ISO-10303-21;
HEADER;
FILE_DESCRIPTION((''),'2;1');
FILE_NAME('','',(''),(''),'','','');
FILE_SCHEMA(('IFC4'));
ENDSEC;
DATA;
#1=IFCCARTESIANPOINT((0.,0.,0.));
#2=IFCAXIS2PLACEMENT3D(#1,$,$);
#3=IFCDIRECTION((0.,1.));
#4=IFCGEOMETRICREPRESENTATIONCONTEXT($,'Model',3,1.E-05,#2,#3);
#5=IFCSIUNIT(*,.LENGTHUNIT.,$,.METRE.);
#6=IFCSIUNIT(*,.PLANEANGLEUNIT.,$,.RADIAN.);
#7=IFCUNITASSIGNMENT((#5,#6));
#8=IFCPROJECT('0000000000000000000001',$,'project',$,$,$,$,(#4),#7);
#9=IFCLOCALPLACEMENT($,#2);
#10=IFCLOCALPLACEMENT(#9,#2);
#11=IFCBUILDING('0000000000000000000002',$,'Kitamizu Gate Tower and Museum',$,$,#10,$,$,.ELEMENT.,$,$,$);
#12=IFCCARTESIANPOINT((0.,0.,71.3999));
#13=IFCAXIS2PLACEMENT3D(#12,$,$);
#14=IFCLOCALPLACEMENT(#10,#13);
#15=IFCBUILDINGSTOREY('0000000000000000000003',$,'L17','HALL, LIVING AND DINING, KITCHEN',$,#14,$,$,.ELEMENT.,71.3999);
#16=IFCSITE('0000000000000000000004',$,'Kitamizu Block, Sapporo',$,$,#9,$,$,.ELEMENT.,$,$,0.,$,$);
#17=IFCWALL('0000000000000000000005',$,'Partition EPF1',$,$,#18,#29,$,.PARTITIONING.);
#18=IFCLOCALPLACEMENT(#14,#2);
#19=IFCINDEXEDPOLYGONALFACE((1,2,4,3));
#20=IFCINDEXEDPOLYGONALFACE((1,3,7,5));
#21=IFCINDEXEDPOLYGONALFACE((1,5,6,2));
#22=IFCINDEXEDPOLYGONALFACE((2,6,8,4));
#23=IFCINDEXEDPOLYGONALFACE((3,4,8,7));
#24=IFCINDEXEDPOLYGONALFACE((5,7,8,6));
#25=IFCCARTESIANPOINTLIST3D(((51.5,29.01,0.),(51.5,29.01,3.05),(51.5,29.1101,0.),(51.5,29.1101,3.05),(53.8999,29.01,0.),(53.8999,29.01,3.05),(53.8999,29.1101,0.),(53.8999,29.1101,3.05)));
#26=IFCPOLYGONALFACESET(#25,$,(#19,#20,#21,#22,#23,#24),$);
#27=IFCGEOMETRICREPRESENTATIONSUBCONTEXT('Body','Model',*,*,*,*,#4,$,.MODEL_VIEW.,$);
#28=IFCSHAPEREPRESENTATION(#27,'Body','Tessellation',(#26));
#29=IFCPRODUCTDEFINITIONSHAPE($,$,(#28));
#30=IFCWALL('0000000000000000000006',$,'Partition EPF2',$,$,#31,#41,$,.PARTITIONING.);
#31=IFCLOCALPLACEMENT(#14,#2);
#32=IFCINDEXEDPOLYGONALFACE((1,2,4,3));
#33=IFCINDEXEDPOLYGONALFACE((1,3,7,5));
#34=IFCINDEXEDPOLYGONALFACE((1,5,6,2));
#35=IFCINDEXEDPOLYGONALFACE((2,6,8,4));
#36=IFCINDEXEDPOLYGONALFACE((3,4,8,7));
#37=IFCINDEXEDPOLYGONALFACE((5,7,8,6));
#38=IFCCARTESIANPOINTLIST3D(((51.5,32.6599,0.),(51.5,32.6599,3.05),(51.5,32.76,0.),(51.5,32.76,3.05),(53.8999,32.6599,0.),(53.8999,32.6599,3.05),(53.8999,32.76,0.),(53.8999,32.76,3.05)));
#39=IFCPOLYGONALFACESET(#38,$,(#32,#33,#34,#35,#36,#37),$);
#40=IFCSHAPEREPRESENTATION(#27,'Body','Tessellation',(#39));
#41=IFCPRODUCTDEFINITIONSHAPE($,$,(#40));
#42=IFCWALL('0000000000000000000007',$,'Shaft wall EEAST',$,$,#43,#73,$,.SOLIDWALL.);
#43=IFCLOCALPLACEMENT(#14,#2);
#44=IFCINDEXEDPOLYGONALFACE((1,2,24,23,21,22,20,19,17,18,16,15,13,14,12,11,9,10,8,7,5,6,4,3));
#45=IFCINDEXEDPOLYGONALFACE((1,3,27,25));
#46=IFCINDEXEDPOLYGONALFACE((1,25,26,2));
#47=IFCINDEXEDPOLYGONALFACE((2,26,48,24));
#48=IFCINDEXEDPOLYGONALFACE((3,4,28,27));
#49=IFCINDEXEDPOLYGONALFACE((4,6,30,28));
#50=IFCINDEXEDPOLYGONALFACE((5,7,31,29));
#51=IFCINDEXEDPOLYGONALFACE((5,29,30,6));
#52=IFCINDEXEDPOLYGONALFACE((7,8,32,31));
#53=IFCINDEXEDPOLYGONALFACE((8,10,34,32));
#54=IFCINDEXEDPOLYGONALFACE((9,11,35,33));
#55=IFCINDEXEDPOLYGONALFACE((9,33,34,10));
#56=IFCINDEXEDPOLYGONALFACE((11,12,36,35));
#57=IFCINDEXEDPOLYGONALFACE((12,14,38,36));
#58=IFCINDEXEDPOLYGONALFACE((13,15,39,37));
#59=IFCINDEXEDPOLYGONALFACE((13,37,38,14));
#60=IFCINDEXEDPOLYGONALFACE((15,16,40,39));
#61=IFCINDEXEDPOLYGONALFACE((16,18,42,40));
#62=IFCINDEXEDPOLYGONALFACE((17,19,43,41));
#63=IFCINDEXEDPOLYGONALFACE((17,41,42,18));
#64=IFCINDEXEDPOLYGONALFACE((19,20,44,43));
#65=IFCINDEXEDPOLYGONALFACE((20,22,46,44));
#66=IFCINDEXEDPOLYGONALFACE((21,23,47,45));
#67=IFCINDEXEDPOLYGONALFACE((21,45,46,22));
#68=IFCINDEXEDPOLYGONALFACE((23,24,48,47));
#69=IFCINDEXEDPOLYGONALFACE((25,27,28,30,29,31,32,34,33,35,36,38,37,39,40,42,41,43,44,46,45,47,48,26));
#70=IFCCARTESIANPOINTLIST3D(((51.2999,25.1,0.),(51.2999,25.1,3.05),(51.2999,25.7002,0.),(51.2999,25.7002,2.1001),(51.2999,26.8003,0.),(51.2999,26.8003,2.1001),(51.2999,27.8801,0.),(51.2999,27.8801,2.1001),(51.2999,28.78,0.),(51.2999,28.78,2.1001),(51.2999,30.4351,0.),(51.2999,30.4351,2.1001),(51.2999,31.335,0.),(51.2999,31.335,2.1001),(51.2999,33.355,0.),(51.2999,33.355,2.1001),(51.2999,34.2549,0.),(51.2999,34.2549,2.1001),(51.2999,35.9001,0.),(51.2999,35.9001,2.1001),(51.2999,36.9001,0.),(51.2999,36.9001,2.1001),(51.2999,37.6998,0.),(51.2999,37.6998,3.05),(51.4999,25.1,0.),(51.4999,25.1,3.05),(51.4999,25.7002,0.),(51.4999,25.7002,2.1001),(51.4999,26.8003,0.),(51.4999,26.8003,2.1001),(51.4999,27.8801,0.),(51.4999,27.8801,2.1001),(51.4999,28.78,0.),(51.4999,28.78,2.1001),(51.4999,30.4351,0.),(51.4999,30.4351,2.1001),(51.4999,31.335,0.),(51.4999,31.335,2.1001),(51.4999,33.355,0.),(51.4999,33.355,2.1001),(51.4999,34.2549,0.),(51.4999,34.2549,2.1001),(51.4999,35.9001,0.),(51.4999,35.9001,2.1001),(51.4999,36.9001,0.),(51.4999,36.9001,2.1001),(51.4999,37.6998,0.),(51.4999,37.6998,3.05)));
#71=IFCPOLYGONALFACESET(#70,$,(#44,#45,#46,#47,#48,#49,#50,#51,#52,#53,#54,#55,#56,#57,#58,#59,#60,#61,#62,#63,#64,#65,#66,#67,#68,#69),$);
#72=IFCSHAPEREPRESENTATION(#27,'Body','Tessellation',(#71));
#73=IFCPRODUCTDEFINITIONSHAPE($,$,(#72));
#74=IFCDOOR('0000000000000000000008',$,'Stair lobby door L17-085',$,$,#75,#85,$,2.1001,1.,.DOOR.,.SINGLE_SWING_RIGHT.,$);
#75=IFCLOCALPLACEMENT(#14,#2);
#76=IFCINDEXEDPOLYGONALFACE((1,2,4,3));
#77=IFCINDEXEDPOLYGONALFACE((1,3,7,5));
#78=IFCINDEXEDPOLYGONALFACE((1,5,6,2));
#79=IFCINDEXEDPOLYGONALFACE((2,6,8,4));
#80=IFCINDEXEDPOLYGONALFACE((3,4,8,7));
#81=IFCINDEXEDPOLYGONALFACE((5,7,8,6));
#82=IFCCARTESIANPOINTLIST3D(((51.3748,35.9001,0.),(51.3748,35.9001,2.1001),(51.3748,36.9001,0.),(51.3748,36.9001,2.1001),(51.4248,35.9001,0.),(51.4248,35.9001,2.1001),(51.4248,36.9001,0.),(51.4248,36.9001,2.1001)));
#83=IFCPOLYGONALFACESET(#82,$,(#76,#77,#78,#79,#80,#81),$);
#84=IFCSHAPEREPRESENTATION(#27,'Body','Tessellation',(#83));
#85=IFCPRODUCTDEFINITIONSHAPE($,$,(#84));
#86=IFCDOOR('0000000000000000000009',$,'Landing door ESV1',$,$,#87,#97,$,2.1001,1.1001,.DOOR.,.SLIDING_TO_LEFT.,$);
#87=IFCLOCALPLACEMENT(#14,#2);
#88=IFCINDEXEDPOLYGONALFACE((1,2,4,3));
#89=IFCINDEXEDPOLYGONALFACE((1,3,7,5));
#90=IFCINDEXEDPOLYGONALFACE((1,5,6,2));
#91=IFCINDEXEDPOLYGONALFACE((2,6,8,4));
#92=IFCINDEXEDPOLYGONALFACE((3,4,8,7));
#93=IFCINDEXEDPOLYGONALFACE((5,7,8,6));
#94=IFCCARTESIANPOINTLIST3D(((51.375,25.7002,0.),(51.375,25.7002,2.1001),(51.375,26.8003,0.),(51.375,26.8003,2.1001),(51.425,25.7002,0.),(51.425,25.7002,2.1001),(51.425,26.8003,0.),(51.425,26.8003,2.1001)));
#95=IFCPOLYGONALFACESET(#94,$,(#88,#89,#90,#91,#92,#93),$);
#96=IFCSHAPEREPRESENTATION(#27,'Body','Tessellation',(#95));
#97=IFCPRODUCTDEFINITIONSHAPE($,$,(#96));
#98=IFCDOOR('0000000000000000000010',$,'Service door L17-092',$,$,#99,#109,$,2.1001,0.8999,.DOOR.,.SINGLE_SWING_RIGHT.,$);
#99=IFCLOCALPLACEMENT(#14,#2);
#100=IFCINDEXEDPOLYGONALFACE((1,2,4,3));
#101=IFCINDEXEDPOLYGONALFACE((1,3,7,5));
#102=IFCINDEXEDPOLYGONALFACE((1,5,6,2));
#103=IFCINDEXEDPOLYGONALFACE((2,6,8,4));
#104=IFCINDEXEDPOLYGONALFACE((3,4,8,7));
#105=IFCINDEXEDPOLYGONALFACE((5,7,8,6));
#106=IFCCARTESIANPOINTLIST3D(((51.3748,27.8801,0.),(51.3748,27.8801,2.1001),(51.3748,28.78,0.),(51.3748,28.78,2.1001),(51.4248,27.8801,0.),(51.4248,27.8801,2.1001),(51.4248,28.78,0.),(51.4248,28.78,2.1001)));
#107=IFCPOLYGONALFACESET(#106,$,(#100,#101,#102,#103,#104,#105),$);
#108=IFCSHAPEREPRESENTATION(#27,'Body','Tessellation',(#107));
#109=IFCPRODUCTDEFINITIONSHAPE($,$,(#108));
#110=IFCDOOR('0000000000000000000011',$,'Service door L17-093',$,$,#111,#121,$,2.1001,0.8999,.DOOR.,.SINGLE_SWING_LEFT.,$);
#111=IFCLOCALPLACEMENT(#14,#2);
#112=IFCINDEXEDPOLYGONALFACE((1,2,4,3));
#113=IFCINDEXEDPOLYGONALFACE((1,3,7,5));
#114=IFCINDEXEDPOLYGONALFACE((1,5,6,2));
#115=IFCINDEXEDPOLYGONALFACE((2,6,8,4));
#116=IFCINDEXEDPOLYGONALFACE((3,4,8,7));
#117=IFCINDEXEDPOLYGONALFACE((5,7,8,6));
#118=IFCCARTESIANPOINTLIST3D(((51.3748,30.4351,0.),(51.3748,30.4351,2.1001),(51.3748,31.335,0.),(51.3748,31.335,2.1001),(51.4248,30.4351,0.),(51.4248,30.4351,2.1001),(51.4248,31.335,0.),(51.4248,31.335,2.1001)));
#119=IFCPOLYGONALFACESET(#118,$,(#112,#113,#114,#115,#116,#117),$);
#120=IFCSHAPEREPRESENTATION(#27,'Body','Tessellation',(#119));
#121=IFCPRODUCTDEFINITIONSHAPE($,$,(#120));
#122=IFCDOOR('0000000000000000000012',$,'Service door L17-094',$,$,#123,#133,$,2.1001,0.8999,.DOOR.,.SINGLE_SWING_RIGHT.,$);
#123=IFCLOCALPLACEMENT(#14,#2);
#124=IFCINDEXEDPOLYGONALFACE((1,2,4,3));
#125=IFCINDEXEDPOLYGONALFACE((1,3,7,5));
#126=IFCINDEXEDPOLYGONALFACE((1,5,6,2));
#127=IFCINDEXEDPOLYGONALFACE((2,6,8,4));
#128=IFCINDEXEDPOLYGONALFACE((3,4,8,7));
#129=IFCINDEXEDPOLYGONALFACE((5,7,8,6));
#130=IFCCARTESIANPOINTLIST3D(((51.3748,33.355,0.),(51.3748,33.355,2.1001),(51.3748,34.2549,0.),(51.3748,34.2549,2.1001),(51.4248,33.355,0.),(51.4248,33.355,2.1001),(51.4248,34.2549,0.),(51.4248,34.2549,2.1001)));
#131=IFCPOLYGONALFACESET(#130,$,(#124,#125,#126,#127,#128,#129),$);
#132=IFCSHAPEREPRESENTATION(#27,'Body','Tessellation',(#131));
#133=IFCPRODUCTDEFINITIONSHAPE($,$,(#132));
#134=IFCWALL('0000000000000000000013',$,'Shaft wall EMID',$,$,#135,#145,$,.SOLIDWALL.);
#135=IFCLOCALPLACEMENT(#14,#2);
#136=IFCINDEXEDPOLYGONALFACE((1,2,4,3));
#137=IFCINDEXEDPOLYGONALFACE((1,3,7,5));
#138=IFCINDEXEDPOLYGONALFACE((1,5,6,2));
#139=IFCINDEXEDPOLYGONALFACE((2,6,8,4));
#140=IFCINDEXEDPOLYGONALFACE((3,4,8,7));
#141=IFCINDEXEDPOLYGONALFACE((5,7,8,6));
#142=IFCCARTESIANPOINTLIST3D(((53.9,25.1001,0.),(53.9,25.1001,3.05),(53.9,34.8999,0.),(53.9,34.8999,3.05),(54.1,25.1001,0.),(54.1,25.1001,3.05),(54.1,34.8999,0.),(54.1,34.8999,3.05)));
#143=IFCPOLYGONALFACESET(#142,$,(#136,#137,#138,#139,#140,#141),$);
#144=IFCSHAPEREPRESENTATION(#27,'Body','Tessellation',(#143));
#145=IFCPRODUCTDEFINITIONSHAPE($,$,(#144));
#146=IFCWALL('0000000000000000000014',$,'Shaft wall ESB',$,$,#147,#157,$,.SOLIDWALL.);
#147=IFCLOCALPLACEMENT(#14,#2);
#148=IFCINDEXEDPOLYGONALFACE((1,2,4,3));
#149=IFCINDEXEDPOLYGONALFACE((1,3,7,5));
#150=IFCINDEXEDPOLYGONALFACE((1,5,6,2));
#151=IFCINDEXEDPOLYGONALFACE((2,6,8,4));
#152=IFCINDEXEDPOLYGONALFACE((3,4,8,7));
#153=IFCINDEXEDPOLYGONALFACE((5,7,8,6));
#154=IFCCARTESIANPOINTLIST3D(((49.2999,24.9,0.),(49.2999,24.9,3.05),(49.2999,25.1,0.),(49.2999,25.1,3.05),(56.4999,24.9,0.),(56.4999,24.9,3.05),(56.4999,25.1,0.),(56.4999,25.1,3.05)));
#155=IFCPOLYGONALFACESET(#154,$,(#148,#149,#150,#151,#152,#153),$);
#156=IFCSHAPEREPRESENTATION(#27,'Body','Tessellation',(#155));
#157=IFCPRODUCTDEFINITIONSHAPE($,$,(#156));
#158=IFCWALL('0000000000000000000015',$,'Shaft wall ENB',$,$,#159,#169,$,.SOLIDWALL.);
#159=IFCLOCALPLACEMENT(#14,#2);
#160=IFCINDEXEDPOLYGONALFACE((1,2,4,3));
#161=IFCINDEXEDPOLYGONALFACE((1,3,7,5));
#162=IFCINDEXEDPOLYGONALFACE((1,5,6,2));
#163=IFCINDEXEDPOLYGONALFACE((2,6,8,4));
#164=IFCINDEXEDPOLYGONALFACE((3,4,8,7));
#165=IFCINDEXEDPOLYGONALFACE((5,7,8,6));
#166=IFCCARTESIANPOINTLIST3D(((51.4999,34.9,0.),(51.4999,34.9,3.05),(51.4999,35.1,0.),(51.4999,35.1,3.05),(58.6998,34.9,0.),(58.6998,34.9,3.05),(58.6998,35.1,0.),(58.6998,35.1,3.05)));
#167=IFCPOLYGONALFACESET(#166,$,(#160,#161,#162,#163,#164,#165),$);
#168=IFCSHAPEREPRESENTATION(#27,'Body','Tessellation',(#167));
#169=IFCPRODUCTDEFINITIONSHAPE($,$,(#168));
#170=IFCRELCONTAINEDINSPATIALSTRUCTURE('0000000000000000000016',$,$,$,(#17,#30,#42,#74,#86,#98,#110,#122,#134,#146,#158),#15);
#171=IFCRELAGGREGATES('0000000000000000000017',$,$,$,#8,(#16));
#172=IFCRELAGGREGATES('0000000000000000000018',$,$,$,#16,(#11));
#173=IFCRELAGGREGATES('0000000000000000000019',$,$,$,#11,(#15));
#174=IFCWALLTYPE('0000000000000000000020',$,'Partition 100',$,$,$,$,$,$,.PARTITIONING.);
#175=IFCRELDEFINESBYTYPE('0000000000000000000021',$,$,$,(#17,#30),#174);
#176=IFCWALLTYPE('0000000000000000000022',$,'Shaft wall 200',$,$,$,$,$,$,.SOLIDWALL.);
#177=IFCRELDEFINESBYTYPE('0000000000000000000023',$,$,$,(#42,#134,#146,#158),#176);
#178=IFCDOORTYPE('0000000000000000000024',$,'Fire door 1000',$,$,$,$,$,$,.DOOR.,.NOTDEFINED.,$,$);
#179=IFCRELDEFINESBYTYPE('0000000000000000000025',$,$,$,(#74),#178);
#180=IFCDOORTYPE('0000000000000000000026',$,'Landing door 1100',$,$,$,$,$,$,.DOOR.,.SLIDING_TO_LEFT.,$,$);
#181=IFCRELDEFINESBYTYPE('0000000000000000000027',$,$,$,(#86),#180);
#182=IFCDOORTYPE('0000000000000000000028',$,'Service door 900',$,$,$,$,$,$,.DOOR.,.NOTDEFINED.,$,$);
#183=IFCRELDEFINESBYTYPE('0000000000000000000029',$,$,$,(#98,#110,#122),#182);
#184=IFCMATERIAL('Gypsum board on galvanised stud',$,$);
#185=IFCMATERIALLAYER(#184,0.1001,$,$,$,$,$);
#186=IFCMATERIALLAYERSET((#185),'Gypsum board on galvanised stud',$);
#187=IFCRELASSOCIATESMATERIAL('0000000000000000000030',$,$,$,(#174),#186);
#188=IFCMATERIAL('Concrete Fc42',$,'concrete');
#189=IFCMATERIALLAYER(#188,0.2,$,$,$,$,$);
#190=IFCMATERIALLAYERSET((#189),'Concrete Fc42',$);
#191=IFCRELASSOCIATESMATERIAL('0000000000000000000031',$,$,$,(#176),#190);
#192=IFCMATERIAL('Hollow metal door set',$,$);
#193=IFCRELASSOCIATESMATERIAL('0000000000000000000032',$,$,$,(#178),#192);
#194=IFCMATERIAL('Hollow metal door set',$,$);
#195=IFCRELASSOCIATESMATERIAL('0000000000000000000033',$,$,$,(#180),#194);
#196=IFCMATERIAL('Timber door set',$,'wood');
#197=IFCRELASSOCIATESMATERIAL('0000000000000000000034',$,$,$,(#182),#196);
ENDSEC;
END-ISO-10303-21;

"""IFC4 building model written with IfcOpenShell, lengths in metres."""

from ifc_helpers import new_model, si_unit, direction, frame, frame_2d, origin, place, context, subcontext, project, spatial, rectangle, extrude, material, layer, layer_set, type_object, element, fill, save


model = new_model("IFC4")

# Units and contexts
model_context = context("Model", 3, precision=1e-05, world=origin(), true_north=direction((0.0, 1.0)))
body_context = subcontext(model_context, "Body", "Model", "MODEL_VIEW")
ifc_project = project(units=[si_unit("LENGTHUNIT", "METRE"), si_unit("PLANEANGLEUNIT", "RADIAN")], contexts=[model_context])

# Site, building, storey
site_placement = place(None, origin())
site = spatial("IfcSite", under=ifc_project, at=site_placement, Name="Kitamizu Block, Sapporo", CompositionType="ELEMENT", RefElevation=0.0)
building_placement = place(site_placement, origin())
building = spatial("IfcBuilding", under=site, at=building_placement, Name="Kitamizu Gate Tower and Museum", CompositionType="ELEMENT")
storey_placement = place(building_placement, frame((0.0, 0.0, 71.3999)))
storey = spatial("IfcBuildingStorey", under=building, at=storey_placement, Name="L17", Description="HALL, LIVING AND DINING, KITCHEN", CompositionType="ELEMENT", Elevation=71.3999)

# Walls
ifc_material_1 = material(Name="Gypsum board on galvanised stud")
ifc_layer_1 = layer(ifc_material_1, 0.1001)
ifc_layer_set_1 = layer_set([ifc_layer_1], Name="Gypsum board on galvanised stud")
wall_type_1 = type_object("IfcWallType", Name="Partition 100", PredefinedType="PARTITIONING", material=ifc_layer_set_1)
for number, where, z_axis, x_axis, name in (
    (1, (53.8999, 29.0601, 0.0), (0.0, 0.0, 1.0), (-1.0, 0.0, 0.0), "Partition EPF1"),
    (2, (53.8999, 32.71, 0.0), (0.0, 0.0, 1.0), (-1.0, 0.0, 0.0), "Partition EPF2"),
):
    element("IfcWall", number, at=place(storey_placement, frame(where, z_axis=z_axis, x_axis=x_axis)), inside=storey, type_object=wall_type_1, Name=name, PredefinedType="PARTITIONING", context=body_context, shape_type="SweptSolid", body=[
        extrude(rectangle(XDim=2.3999, YDim=0.1001, at=frame_2d((1.2, 0.0))), origin(), (0.0, 0.0, 1.0), 3.05),
    ])

# Wall, openings, doors
ifc_material_2 = material(Name="Concrete Fc42", Category="concrete")
ifc_layer_2 = layer(ifc_material_2, 0.2)
ifc_layer_set_2 = layer_set([ifc_layer_2], Name="Concrete Fc42")
wall_type_2 = type_object("IfcWallType", Name="Shaft wall 200", PredefinedType="SOLIDWALL", material=ifc_layer_set_2)
wall_1_placement = place(storey_placement, frame((51.3999, 25.1001, 0.0), z_axis=(0.0, 0.0, 1.0), x_axis=(0.0, 1.0, 0.0)))
wall_1 = element("IfcWall", 3, at=wall_1_placement, inside=storey, type_object=wall_type_2, Name="Shaft wall EEAST", PredefinedType="SOLIDWALL", context=body_context, shape_type="SweptSolid", body=[
    extrude(rectangle(XDim=12.5999, YDim=0.2, at=frame_2d((6.2998, 0.0))), origin(), (0.0, 0.0, 1.0), 3.05),
])
opening_1_placement = place(wall_1_placement, frame((0.6001, 0.0, 0.0)))
opening_1 = element("IfcOpeningElement", 4, at=opening_1_placement, cuts=wall_1, PredefinedType="OPENING", context=body_context, shape_type="SweptSolid", body=[
    extrude(rectangle(XDim=1.1001, YDim=2.1001, at=frame_2d((0.55, 1.05))), frame((0.0, 0.1099, 0.0), z_axis=(0.0, -1.0, 0.0), x_axis=(1.0, 0.0, 0.0)), (0.0, 0.0, 1.0), 0.22),
])
opening_2_placement = place(wall_1_placement, frame((10.8, 0.0, 0.0)))
opening_2 = element("IfcOpeningElement", 5, at=opening_2_placement, cuts=wall_1, PredefinedType="OPENING", context=body_context, shape_type="SweptSolid", body=[
    extrude(rectangle(XDim=1.0, YDim=2.1001, at=frame_2d((0.5, 1.05))), frame((0.0, 0.1099, 0.0), z_axis=(0.0, -1.0, 0.0), x_axis=(1.0, 0.0, 0.0)), (0.0, 0.0, 1.0), 0.22),
])
opening_3_placement = place(wall_1_placement, frame((2.78, 0.0, 0.0)))
opening_3 = element("IfcOpeningElement", 6, at=opening_3_placement, cuts=wall_1, PredefinedType="OPENING", context=body_context, shape_type="SweptSolid", body=[
    extrude(rectangle(XDim=0.8999, YDim=2.1001, at=frame_2d((0.45, 1.05))), frame((0.0, 0.1099, 0.0), z_axis=(0.0, -1.0, 0.0), x_axis=(1.0, 0.0, 0.0)), (0.0, 0.0, 1.0), 0.22),
])
opening_4_placement = place(wall_1_placement, frame((5.335, 0.0, 0.0)))
opening_4 = element("IfcOpeningElement", 7, at=opening_4_placement, cuts=wall_1, PredefinedType="OPENING", context=body_context, shape_type="SweptSolid", body=[
    extrude(rectangle(XDim=0.8999, YDim=2.1001, at=frame_2d((0.45, 1.05))), frame((0.0, 0.1099, 0.0), z_axis=(0.0, -1.0, 0.0), x_axis=(1.0, 0.0, 0.0)), (0.0, 0.0, 1.0), 0.22),
])
opening_5_placement = place(wall_1_placement, frame((8.2549, 0.0, 0.0)))
opening_5 = element("IfcOpeningElement", 8, at=opening_5_placement, cuts=wall_1, PredefinedType="OPENING", context=body_context, shape_type="SweptSolid", body=[
    extrude(rectangle(XDim=0.8999, YDim=2.1001, at=frame_2d((0.45, 1.05))), frame((0.0, 0.1099, 0.0), z_axis=(0.0, -1.0, 0.0), x_axis=(1.0, 0.0, 0.0)), (0.0, 0.0, 1.0), 0.22),
])
ifc_material_3 = material(Name="Hollow metal door set")
door_type_1 = type_object("IfcDoorType", Name="Fire door 1000", OperationType="NOTDEFINED", PredefinedType="DOOR", material=ifc_material_3)
door_1_placement = place(opening_2_placement, frame((1.0, 0.0, 0.0), x_axis=(-1.0, 0.0, 0.0)))
door_1 = element("IfcDoor", 9, at=door_1_placement, inside=storey, type_object=door_type_1, Name="Stair lobby door L17-085", OperationType="SINGLE_SWING_RIGHT", OverallHeight=2.1001, OverallWidth=1.0, PredefinedType="DOOR", context=body_context, shape_type="SweptSolid", body=[
    extrude(rectangle(XDim=1.0, YDim=2.1001, at=frame_2d((0.5, 1.05))), frame((0.0, 0.0249, 0.0), z_axis=(0.0, -1.0, 0.0), x_axis=(1.0, 0.0, 0.0)), (0.0, 0.0, 1.0), 0.05),
])
fill(opening_2, door_1)
ifc_material_4 = material(Name="Hollow metal door set")
door_type_2 = type_object("IfcDoorType", Name="Landing door 1100", OperationType="SLIDING_TO_LEFT", PredefinedType="DOOR", material=ifc_material_4)
door_2_placement = place(opening_1_placement, origin())
door_2 = element("IfcDoor", 10, at=door_2_placement, inside=storey, type_object=door_type_2, Name="Landing door ESV1", OperationType="SLIDING_TO_LEFT", OverallHeight=2.1001, OverallWidth=1.1001, PredefinedType="DOOR", context=body_context, shape_type="SweptSolid", body=[
    extrude(rectangle(XDim=1.1001, YDim=2.1001, at=frame_2d((0.55, 1.05))), frame((0.0, 0.0249, 0.0), z_axis=(0.0, -1.0, 0.0), x_axis=(1.0, 0.0, 0.0)), (0.0, 0.0, 1.0), 0.05),
])
fill(opening_1, door_2)
ifc_material_5 = material(Name="Timber door set", Category="wood")
door_type_3 = type_object("IfcDoorType", Name="Service door 900", OperationType="NOTDEFINED", PredefinedType="DOOR", material=ifc_material_5)
door_3_placement = place(opening_3_placement, frame((0.8999, 0.0, 0.0), x_axis=(-1.0, 0.0, 0.0)))
door_3 = element("IfcDoor", 11, at=door_3_placement, inside=storey, type_object=door_type_3, Name="Service door L17-092", OperationType="SINGLE_SWING_RIGHT", OverallHeight=2.1001, OverallWidth=0.8999, PredefinedType="DOOR", context=body_context, shape_type="SweptSolid", body=[
    extrude(rectangle(XDim=0.8999, YDim=2.1001, at=frame_2d((0.45, 1.05))), frame((0.0, 0.0249, 0.0), z_axis=(0.0, -1.0, 0.0), x_axis=(1.0, 0.0, 0.0)), (0.0, 0.0, 1.0), 0.05),
])
fill(opening_3, door_3)
door_4_placement = place(opening_4_placement, frame((0.8999, 0.0, 0.0), x_axis=(-1.0, 0.0, 0.0)))
door_4 = element("IfcDoor", 12, at=door_4_placement, inside=storey, type_object=door_type_3, Name="Service door L17-093", OperationType="SINGLE_SWING_LEFT", OverallHeight=2.1001, OverallWidth=0.8999, PredefinedType="DOOR", context=body_context, shape_type="SweptSolid", body=[
    extrude(rectangle(XDim=0.8999, YDim=2.1001, at=frame_2d((0.45, 1.05))), frame((0.0, 0.0249, 0.0), z_axis=(0.0, -1.0, 0.0), x_axis=(1.0, 0.0, 0.0)), (0.0, 0.0, 1.0), 0.05),
])
fill(opening_4, door_4)
door_5_placement = place(opening_5_placement, frame((0.8999, 0.0, 0.0), x_axis=(-1.0, 0.0, 0.0)))
door_5 = element("IfcDoor", 13, at=door_5_placement, inside=storey, type_object=door_type_3, Name="Service door L17-094", OperationType="SINGLE_SWING_RIGHT", OverallHeight=2.1001, OverallWidth=0.8999, PredefinedType="DOOR", context=body_context, shape_type="SweptSolid", body=[
    extrude(rectangle(XDim=0.8999, YDim=2.1001, at=frame_2d((0.45, 1.05))), frame((0.0, 0.0249, 0.0), z_axis=(0.0, -1.0, 0.0), x_axis=(1.0, 0.0, 0.0)), (0.0, 0.0, 1.0), 0.05),
])
fill(opening_5, door_5)

# Walls
wall_2_placement = place(storey_placement, frame((54.0, 25.1001, 0.0), z_axis=(0.0, 0.0, 1.0), x_axis=(0.0, 1.0, 0.0)))
element("IfcWall", 14, at=wall_2_placement, inside=storey, type_object=wall_type_2, Name="Shaft wall EMID", PredefinedType="SOLIDWALL", context=body_context, shape_type="SweptSolid", body=[
    extrude(rectangle(XDim=9.7998, YDim=0.2, at=frame_2d((4.8999, 0.0))), origin(), (0.0, 0.0, 1.0), 3.05),
])
for number, where, z_axis, x_axis, name in (
    (15, (56.5, 25.0, 0.0), (0.0, 0.0, 1.0), (-1.0, 0.0, 0.0), "Shaft wall ESB"),
    (16, (58.7, 35.0, 0.0), (0.0, 0.0, 1.0), (-1.0, 0.0, 0.0), "Shaft wall ENB"),
):
    element("IfcWall", number, at=place(storey_placement, frame(where, z_axis=z_axis, x_axis=x_axis)), inside=storey, type_object=wall_type_2, Name=name, PredefinedType="SOLIDWALL", context=body_context, shape_type="SweptSolid", body=[
        extrude(rectangle(XDim=7.2, YDim=0.2, at=frame_2d((3.6001, 0.0))), origin(), (0.0, 0.0, 1.0), 3.05),
    ])

save(model, "model.ifc")
